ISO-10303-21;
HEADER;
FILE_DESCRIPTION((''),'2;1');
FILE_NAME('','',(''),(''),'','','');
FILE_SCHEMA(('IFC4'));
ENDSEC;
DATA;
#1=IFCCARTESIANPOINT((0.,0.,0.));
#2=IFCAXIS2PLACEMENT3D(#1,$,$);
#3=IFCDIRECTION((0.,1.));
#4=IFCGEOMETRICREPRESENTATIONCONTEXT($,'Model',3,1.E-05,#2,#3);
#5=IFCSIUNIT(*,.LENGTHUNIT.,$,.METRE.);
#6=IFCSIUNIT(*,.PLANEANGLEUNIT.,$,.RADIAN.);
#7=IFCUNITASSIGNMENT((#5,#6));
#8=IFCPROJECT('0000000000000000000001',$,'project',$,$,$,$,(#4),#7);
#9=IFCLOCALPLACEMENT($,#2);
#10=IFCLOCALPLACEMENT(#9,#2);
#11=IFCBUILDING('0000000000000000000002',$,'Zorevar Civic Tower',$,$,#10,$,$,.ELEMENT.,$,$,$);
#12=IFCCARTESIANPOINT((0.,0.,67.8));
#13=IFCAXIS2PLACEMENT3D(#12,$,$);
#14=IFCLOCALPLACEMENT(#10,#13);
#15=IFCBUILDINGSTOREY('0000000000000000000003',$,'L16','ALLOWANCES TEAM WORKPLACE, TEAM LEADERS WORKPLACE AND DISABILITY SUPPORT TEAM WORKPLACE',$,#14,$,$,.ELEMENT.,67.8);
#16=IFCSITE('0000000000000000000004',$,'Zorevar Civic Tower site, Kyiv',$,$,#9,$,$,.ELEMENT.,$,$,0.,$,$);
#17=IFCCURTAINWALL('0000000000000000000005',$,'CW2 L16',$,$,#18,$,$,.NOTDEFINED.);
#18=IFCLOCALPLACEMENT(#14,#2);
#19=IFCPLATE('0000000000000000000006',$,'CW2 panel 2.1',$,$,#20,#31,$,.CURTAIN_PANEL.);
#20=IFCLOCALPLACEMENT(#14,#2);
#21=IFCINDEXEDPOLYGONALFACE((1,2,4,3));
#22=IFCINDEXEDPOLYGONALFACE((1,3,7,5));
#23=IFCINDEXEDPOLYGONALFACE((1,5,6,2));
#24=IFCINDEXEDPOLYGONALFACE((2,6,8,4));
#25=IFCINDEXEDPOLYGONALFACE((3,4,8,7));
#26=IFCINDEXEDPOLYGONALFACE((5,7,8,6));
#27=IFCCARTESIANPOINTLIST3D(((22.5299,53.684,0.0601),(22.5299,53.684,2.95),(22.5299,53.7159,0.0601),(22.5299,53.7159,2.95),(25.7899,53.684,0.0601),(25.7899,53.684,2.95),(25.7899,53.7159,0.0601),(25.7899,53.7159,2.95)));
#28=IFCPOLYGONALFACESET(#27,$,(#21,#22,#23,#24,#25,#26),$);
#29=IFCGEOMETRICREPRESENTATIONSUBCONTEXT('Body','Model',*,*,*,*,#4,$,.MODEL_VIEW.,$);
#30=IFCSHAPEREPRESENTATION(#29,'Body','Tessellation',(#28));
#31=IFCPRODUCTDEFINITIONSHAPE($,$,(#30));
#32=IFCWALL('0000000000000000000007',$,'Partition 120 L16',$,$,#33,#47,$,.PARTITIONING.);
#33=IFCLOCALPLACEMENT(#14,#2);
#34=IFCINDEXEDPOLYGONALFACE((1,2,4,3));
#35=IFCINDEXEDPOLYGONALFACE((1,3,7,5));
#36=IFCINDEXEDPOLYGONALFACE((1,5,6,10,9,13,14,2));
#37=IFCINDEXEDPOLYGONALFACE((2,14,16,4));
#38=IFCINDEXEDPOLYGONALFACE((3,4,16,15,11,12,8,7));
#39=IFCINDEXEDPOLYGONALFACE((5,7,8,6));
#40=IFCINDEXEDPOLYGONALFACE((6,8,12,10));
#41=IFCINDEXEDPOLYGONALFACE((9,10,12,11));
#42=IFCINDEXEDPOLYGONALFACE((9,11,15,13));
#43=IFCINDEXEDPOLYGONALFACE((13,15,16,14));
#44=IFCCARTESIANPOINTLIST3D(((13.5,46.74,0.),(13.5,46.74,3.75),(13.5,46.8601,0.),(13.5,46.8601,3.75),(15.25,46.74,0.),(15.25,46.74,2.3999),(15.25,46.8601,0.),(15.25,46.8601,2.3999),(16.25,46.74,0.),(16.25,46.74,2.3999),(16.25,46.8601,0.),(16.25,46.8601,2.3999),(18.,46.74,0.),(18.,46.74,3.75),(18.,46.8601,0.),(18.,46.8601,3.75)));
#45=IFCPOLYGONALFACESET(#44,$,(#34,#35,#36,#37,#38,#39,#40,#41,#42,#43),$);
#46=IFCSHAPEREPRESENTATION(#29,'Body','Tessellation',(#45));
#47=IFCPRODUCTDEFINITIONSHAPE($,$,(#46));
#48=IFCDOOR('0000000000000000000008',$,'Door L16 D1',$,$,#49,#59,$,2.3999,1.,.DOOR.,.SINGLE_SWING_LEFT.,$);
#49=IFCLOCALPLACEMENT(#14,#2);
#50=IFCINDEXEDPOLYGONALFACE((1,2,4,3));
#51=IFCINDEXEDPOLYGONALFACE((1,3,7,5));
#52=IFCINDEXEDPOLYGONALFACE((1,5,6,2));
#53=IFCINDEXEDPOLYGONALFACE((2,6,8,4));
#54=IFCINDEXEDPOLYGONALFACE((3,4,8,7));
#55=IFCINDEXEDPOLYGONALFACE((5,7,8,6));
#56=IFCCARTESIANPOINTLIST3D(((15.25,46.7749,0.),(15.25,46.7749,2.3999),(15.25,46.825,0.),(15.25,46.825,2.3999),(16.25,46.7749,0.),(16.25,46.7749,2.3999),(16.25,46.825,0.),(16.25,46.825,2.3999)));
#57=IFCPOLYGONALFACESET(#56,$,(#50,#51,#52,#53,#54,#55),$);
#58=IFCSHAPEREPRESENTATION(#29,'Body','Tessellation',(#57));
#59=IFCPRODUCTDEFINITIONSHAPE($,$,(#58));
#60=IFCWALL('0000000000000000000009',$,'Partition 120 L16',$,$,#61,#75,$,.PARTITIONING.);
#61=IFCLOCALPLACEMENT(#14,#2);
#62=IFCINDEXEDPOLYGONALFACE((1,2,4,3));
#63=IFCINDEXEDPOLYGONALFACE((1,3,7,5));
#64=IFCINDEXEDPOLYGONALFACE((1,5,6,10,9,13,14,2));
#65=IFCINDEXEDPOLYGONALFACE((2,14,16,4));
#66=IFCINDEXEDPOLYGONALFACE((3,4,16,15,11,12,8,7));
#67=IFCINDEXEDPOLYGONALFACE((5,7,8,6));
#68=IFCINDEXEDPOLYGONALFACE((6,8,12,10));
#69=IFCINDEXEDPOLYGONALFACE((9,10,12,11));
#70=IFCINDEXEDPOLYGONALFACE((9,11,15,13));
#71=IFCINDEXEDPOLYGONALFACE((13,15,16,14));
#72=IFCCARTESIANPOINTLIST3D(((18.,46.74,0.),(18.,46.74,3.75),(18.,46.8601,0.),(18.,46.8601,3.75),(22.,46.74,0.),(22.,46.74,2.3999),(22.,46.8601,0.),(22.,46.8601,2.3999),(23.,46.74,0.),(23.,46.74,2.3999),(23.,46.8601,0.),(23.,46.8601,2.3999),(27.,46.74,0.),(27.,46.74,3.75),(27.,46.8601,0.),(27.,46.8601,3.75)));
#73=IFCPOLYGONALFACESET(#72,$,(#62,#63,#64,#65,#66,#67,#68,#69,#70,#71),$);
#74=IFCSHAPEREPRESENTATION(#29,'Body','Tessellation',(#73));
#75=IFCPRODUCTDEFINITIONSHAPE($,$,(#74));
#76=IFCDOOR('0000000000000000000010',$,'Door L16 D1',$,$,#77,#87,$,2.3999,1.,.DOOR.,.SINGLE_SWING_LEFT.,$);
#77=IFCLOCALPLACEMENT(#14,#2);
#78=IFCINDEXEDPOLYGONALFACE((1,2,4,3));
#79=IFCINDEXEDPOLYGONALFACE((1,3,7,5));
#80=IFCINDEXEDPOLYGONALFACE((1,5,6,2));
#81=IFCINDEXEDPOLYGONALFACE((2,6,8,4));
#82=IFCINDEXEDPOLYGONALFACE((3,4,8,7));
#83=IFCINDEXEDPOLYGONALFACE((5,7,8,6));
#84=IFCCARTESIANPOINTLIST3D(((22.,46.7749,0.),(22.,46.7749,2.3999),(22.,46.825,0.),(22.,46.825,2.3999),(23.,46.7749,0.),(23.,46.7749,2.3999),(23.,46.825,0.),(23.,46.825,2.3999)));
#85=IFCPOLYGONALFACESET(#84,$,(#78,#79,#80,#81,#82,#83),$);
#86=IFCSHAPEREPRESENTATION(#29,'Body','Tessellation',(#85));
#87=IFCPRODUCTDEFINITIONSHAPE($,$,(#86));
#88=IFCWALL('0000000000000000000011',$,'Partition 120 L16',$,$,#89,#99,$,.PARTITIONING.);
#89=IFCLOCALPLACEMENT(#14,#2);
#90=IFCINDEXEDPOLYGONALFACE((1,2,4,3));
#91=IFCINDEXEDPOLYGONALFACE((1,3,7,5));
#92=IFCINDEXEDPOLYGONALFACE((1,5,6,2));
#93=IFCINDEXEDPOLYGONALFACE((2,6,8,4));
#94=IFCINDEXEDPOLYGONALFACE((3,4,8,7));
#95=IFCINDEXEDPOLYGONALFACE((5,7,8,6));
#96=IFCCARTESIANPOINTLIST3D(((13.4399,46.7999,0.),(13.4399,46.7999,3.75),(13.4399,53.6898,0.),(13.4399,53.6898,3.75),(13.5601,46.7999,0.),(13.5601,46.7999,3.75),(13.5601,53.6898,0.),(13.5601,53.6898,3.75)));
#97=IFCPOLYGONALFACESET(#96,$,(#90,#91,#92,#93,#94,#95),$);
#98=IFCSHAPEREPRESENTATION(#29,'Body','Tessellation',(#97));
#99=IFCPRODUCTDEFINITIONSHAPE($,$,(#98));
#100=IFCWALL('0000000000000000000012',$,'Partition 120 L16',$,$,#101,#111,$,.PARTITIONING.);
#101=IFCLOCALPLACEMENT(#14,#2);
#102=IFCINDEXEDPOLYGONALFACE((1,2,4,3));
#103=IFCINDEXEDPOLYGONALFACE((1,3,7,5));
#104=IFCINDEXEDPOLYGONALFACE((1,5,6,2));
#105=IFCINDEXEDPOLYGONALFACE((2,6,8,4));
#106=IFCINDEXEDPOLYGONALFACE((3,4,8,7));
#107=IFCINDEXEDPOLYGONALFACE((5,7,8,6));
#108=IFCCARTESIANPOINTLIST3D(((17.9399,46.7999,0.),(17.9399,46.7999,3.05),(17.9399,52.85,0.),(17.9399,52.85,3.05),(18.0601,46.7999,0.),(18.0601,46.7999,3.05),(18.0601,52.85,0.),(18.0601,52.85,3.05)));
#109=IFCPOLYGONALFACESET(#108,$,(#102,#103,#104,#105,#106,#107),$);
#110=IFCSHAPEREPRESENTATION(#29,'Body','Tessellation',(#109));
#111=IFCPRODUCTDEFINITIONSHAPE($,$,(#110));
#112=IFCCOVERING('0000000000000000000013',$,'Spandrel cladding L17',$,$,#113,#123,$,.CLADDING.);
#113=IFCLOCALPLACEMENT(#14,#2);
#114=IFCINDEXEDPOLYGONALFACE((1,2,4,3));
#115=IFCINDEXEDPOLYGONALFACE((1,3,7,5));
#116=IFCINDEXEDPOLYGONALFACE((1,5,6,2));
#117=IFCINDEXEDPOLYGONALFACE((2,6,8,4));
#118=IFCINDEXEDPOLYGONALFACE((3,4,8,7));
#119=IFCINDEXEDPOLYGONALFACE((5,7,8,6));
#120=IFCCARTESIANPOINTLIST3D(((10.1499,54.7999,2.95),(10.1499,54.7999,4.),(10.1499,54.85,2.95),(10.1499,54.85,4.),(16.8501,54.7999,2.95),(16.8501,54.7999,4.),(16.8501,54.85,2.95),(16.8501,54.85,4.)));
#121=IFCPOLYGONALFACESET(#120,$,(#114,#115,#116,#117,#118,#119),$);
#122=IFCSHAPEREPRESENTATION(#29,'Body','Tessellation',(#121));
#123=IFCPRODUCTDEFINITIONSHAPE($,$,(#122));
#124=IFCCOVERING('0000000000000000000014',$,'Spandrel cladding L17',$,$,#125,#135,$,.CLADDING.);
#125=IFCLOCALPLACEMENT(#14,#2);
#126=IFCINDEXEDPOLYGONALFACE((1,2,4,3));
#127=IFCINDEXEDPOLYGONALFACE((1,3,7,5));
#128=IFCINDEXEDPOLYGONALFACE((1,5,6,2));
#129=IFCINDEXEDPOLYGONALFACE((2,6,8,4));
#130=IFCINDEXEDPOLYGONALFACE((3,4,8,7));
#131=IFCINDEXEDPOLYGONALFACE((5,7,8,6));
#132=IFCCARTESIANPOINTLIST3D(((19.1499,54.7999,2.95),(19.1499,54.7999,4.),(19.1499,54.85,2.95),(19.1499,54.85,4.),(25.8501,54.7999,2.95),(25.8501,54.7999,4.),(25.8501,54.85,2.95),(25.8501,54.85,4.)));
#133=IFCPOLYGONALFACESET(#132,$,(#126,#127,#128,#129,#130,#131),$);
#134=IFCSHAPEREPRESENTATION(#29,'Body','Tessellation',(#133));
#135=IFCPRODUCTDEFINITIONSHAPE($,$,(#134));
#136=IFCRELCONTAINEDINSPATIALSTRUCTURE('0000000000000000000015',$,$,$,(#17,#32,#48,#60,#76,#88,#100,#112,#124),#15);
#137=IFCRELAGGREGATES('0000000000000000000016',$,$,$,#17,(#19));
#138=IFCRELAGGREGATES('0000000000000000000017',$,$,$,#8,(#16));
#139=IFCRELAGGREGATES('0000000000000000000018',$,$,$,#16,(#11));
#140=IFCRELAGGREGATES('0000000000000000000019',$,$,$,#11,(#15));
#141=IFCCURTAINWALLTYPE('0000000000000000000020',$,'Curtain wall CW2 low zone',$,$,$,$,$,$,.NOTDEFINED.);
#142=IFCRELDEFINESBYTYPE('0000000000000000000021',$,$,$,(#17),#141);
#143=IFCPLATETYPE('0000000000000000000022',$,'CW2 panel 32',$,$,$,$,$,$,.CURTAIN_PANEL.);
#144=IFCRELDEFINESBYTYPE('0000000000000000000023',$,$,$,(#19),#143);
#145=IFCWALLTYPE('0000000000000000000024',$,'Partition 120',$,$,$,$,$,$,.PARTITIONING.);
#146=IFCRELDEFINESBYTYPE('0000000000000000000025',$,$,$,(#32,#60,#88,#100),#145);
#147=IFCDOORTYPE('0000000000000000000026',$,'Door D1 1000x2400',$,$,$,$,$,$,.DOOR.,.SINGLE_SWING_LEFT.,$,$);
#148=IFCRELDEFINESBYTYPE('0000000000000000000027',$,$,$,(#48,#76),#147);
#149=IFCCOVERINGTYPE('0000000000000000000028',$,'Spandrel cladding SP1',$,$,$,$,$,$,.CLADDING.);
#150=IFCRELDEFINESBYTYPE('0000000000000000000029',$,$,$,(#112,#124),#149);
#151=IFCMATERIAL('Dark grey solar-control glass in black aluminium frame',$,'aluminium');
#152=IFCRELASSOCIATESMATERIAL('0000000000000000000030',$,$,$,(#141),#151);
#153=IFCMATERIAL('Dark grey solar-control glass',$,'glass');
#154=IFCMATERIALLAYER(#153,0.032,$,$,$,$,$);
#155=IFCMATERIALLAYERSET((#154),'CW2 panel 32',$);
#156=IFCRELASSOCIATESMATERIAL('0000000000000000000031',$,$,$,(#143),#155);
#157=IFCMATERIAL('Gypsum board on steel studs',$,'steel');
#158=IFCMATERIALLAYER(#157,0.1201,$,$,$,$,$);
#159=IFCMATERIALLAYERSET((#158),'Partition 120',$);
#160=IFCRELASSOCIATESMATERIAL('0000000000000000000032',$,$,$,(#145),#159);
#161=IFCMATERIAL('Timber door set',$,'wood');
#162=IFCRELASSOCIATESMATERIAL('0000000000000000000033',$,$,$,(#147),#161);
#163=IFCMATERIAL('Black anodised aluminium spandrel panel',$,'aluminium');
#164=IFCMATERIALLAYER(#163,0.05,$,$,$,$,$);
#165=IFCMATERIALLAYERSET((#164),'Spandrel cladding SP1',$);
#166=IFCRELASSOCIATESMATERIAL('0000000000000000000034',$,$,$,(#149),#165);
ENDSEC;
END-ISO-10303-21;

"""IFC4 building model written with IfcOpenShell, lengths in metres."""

from ifc_helpers import new_model, si_unit, direction, frame, frame_2d, origin, origin_2d, place, context, subcontext, project, spatial, rectangle, extrude, material, layer, layer_set, type_object, element, fill, aggregate, save


model = new_model("IFC4")

# Units and contexts
model_context = context("Model", 3, precision=1e-05, world=origin(), true_north=direction((0.0, 1.0)))
body_context = subcontext(model_context, "Body", "Model", "MODEL_VIEW")
ifc_project = project(units=[si_unit("LENGTHUNIT", "METRE"), si_unit("PLANEANGLEUNIT", "RADIAN")], contexts=[model_context])

# Site, building, storey
site_placement = place(None, origin())
site = spatial("IfcSite", under=ifc_project, at=site_placement, Name="Zorevar Civic Tower site, Kyiv", CompositionType="ELEMENT", RefElevation=0.0)
building_placement = place(site_placement, origin())
building = spatial("IfcBuilding", under=site, at=building_placement, Name="Zorevar Civic Tower", CompositionType="ELEMENT")
storey_placement = place(building_placement, frame((0.0, 0.0, 67.8)))
storey = spatial("IfcBuildingStorey", under=building, at=storey_placement, Name="L16", Description="ALLOWANCES TEAM WORKPLACE, TEAM LEADERS WORKPLACE AND DISABILITY SUPPORT TEAM WORKPLACE", CompositionType="ELEMENT", Elevation=67.8)

# Curtain wall
ifc_material_1 = material(Name="Dark grey solar-control glass in black aluminium frame", Category="aluminium")
curtain_wall_type = type_object("IfcCurtainWallType", Name="Curtain wall CW2 low zone", PredefinedType="NOTDEFINED", material=ifc_material_1)
curtain_wall_1_placement = place(storey_placement, origin())
curtain_wall_1 = element("IfcCurtainWall", 1, at=curtain_wall_1_placement, inside=storey, type_object=curtain_wall_type, Name="CW2 L16", PredefinedType="NOTDEFINED")

# Plate
ifc_material_2 = material(Name="Dark grey solar-control glass", Category="glass")
ifc_layer_1 = layer(ifc_material_2, 0.032)
ifc_layer_set_1 = layer_set([ifc_layer_1], Name="CW2 panel 32")
plate_type = type_object("IfcPlateType", Name="CW2 panel 32", PredefinedType="CURTAIN_PANEL", material=ifc_layer_set_1)
plate_1_placement = place(storey_placement, frame((24.1599, 53.7, 0.0601), z_axis=(0.0, 0.0, 1.0), x_axis=(1.0, 0.0, 0.0)))
plate_1 = element("IfcPlate", 2, at=plate_1_placement, type_object=plate_type, Name="CW2 panel 2.1", PredefinedType="CURTAIN_PANEL", context=body_context, shape_type="SweptSolid", body=[
    extrude(rectangle(XDim=3.26, YDim=0.032, at=origin_2d()), origin(), (0.0, 0.0, 1.0), 2.8899),
])
aggregate(curtain_wall_1, [plate_1])

# Walls, openings, doors
ifc_material_3 = material(Name="Gypsum board on steel studs", Category="steel")
ifc_layer_2 = layer(ifc_material_3, 0.1201)
ifc_layer_set_2 = layer_set([ifc_layer_2], Name="Partition 120")
wall_type = type_object("IfcWallType", Name="Partition 120", PredefinedType="PARTITIONING", material=ifc_layer_set_2)
wall_1_placement = place(storey_placement, frame((13.5, 46.8, 0.0), z_axis=(0.0, 0.0, 1.0), x_axis=(1.0, 0.0, 0.0)))
wall_1 = element("IfcWall", 3, at=wall_1_placement, inside=storey, type_object=wall_type, Name="Partition 120 L16", PredefinedType="PARTITIONING", context=body_context, shape_type="SweptSolid", body=[
    extrude(rectangle(XDim=4.5, YDim=0.1201, at=frame_2d((2.25, 0.0))), origin(), (0.0, 0.0, 1.0), 3.75),
])
opening_1_placement = place(wall_1_placement, frame((1.75, 0.0, 0.0)))
opening_1 = element("IfcOpeningElement", 4, at=opening_1_placement, cuts=wall_1, PredefinedType="OPENING", context=body_context, shape_type="SweptSolid", body=[
    extrude(rectangle(XDim=1.0, YDim=2.3999, at=frame_2d((0.5, 1.2))), frame((0.0, 0.0701, 0.0), z_axis=(0.0, -1.0, 0.0), x_axis=(1.0, 0.0, 0.0)), (0.0, 0.0, 1.0), 0.1401),
])
ifc_material_4 = material(Name="Timber door set", Category="wood")
door_type = type_object("IfcDoorType", Name="Door D1 1000x2400", OperationType="SINGLE_SWING_LEFT", PredefinedType="DOOR", material=ifc_material_4)
door_1_placement = place(opening_1_placement, origin())
door_1 = element("IfcDoor", 5, at=door_1_placement, inside=storey, type_object=door_type, Name="Door L16 D1", OperationType="SINGLE_SWING_LEFT", OverallHeight=2.3999, OverallWidth=1.0, PredefinedType="DOOR", context=body_context, shape_type="SweptSolid", body=[
    extrude(rectangle(XDim=1.0, YDim=2.3999, at=frame_2d((0.5, 1.2))), frame((0.0, 0.0249, 0.0), z_axis=(0.0, -1.0, 0.0), x_axis=(1.0, 0.0, 0.0)), (0.0, 0.0, 1.0), 0.05),
])
fill(opening_1, door_1)
wall_2_placement = place(storey_placement, frame((18.0, 46.8, 0.0), z_axis=(0.0, 0.0, 1.0), x_axis=(1.0, 0.0, 0.0)))
wall_2 = element("IfcWall", 6, at=wall_2_placement, inside=storey, type_object=wall_type, Name="Partition 120 L16", PredefinedType="PARTITIONING", context=body_context, shape_type="SweptSolid", body=[
    extrude(rectangle(XDim=9.0, YDim=0.1201, at=frame_2d((4.5, 0.0))), origin(), (0.0, 0.0, 1.0), 3.75),
])
opening_2_placement = place(wall_2_placement, frame((4.0, 0.0, 0.0)))
opening_2 = element("IfcOpeningElement", 7, at=opening_2_placement, cuts=wall_2, PredefinedType="OPENING", context=body_context, shape_type="SweptSolid", body=[
    extrude(rectangle(XDim=1.0, YDim=2.3999, at=frame_2d((0.5, 1.2))), frame((0.0, 0.0701, 0.0), z_axis=(0.0, -1.0, 0.0), x_axis=(1.0, 0.0, 0.0)), (0.0, 0.0, 1.0), 0.1401),
])
door_2_placement = place(opening_2_placement, origin())
door_2 = element("IfcDoor", 8, at=door_2_placement, inside=storey, type_object=door_type, Name="Door L16 D1", OperationType="SINGLE_SWING_LEFT", OverallHeight=2.3999, OverallWidth=1.0, PredefinedType="DOOR", context=body_context, shape_type="SweptSolid", body=[
    extrude(rectangle(XDim=1.0, YDim=2.3999, at=frame_2d((0.5, 1.2))), frame((0.0, 0.0249, 0.0), z_axis=(0.0, -1.0, 0.0), x_axis=(1.0, 0.0, 0.0)), (0.0, 0.0, 1.0), 0.05),
])
fill(opening_2, door_2)

# Walls
wall_3_placement = place(storey_placement, frame((13.5, 46.8, 0.0), z_axis=(0.0, 0.0, 1.0), x_axis=(0.0, 1.0, 0.0)))
element("IfcWall", 9, at=wall_3_placement, inside=storey, type_object=wall_type, Name="Partition 120 L16", PredefinedType="PARTITIONING", context=body_context, shape_type="SweptSolid", body=[
    extrude(rectangle(XDim=6.8899, YDim=0.1201, at=frame_2d((3.4448, 0.0))), origin(), (0.0, 0.0, 1.0), 3.75),
])
wall_4_placement = place(storey_placement, frame((18.0, 46.8, 0.0), z_axis=(0.0, 0.0, 1.0), x_axis=(0.0, 1.0, 0.0)))
element("IfcWall", 10, at=wall_4_placement, inside=storey, type_object=wall_type, Name="Partition 120 L16", PredefinedType="PARTITIONING", context=body_context, shape_type="SweptSolid", body=[
    extrude(rectangle(XDim=6.05, YDim=0.1201, at=frame_2d((3.0249, 0.0))), origin(), (0.0, 0.0, 1.0), 3.05),
])

# Coverings
ifc_material_5 = material(Name="Black anodised aluminium spandrel panel", Category="aluminium")
ifc_layer_3 = layer(ifc_material_5, 0.05)
ifc_layer_set_3 = layer_set([ifc_layer_3], Name="Spandrel cladding SP1")
covering_type = type_object("IfcCoveringType", Name="Spandrel cladding SP1", PredefinedType="CLADDING", material=ifc_layer_set_3)
for number, where, z_axis, x_axis, name in (
    (11, (10.1499, 54.825, 2.95), (0.0, 0.0, 1.0), (1.0, 0.0, 0.0), "Spandrel cladding L17"),
    (12, (19.1499, 54.825, 2.95), (0.0, 0.0, 1.0), (1.0, 0.0, 0.0), "Spandrel cladding L17"),
):
    element("IfcCovering", number, at=place(storey_placement, frame(where, z_axis=z_axis, x_axis=x_axis)), inside=storey, type_object=covering_type, Name=name, PredefinedType="CLADDING", context=body_context, shape_type="SweptSolid", body=[
        extrude(rectangle(XDim=6.7002, YDim=0.05, at=frame_2d((3.3501, 0.0))), origin(), (0.0, 0.0, 1.0), 1.05),
    ])

save(model, "model.ifc")
